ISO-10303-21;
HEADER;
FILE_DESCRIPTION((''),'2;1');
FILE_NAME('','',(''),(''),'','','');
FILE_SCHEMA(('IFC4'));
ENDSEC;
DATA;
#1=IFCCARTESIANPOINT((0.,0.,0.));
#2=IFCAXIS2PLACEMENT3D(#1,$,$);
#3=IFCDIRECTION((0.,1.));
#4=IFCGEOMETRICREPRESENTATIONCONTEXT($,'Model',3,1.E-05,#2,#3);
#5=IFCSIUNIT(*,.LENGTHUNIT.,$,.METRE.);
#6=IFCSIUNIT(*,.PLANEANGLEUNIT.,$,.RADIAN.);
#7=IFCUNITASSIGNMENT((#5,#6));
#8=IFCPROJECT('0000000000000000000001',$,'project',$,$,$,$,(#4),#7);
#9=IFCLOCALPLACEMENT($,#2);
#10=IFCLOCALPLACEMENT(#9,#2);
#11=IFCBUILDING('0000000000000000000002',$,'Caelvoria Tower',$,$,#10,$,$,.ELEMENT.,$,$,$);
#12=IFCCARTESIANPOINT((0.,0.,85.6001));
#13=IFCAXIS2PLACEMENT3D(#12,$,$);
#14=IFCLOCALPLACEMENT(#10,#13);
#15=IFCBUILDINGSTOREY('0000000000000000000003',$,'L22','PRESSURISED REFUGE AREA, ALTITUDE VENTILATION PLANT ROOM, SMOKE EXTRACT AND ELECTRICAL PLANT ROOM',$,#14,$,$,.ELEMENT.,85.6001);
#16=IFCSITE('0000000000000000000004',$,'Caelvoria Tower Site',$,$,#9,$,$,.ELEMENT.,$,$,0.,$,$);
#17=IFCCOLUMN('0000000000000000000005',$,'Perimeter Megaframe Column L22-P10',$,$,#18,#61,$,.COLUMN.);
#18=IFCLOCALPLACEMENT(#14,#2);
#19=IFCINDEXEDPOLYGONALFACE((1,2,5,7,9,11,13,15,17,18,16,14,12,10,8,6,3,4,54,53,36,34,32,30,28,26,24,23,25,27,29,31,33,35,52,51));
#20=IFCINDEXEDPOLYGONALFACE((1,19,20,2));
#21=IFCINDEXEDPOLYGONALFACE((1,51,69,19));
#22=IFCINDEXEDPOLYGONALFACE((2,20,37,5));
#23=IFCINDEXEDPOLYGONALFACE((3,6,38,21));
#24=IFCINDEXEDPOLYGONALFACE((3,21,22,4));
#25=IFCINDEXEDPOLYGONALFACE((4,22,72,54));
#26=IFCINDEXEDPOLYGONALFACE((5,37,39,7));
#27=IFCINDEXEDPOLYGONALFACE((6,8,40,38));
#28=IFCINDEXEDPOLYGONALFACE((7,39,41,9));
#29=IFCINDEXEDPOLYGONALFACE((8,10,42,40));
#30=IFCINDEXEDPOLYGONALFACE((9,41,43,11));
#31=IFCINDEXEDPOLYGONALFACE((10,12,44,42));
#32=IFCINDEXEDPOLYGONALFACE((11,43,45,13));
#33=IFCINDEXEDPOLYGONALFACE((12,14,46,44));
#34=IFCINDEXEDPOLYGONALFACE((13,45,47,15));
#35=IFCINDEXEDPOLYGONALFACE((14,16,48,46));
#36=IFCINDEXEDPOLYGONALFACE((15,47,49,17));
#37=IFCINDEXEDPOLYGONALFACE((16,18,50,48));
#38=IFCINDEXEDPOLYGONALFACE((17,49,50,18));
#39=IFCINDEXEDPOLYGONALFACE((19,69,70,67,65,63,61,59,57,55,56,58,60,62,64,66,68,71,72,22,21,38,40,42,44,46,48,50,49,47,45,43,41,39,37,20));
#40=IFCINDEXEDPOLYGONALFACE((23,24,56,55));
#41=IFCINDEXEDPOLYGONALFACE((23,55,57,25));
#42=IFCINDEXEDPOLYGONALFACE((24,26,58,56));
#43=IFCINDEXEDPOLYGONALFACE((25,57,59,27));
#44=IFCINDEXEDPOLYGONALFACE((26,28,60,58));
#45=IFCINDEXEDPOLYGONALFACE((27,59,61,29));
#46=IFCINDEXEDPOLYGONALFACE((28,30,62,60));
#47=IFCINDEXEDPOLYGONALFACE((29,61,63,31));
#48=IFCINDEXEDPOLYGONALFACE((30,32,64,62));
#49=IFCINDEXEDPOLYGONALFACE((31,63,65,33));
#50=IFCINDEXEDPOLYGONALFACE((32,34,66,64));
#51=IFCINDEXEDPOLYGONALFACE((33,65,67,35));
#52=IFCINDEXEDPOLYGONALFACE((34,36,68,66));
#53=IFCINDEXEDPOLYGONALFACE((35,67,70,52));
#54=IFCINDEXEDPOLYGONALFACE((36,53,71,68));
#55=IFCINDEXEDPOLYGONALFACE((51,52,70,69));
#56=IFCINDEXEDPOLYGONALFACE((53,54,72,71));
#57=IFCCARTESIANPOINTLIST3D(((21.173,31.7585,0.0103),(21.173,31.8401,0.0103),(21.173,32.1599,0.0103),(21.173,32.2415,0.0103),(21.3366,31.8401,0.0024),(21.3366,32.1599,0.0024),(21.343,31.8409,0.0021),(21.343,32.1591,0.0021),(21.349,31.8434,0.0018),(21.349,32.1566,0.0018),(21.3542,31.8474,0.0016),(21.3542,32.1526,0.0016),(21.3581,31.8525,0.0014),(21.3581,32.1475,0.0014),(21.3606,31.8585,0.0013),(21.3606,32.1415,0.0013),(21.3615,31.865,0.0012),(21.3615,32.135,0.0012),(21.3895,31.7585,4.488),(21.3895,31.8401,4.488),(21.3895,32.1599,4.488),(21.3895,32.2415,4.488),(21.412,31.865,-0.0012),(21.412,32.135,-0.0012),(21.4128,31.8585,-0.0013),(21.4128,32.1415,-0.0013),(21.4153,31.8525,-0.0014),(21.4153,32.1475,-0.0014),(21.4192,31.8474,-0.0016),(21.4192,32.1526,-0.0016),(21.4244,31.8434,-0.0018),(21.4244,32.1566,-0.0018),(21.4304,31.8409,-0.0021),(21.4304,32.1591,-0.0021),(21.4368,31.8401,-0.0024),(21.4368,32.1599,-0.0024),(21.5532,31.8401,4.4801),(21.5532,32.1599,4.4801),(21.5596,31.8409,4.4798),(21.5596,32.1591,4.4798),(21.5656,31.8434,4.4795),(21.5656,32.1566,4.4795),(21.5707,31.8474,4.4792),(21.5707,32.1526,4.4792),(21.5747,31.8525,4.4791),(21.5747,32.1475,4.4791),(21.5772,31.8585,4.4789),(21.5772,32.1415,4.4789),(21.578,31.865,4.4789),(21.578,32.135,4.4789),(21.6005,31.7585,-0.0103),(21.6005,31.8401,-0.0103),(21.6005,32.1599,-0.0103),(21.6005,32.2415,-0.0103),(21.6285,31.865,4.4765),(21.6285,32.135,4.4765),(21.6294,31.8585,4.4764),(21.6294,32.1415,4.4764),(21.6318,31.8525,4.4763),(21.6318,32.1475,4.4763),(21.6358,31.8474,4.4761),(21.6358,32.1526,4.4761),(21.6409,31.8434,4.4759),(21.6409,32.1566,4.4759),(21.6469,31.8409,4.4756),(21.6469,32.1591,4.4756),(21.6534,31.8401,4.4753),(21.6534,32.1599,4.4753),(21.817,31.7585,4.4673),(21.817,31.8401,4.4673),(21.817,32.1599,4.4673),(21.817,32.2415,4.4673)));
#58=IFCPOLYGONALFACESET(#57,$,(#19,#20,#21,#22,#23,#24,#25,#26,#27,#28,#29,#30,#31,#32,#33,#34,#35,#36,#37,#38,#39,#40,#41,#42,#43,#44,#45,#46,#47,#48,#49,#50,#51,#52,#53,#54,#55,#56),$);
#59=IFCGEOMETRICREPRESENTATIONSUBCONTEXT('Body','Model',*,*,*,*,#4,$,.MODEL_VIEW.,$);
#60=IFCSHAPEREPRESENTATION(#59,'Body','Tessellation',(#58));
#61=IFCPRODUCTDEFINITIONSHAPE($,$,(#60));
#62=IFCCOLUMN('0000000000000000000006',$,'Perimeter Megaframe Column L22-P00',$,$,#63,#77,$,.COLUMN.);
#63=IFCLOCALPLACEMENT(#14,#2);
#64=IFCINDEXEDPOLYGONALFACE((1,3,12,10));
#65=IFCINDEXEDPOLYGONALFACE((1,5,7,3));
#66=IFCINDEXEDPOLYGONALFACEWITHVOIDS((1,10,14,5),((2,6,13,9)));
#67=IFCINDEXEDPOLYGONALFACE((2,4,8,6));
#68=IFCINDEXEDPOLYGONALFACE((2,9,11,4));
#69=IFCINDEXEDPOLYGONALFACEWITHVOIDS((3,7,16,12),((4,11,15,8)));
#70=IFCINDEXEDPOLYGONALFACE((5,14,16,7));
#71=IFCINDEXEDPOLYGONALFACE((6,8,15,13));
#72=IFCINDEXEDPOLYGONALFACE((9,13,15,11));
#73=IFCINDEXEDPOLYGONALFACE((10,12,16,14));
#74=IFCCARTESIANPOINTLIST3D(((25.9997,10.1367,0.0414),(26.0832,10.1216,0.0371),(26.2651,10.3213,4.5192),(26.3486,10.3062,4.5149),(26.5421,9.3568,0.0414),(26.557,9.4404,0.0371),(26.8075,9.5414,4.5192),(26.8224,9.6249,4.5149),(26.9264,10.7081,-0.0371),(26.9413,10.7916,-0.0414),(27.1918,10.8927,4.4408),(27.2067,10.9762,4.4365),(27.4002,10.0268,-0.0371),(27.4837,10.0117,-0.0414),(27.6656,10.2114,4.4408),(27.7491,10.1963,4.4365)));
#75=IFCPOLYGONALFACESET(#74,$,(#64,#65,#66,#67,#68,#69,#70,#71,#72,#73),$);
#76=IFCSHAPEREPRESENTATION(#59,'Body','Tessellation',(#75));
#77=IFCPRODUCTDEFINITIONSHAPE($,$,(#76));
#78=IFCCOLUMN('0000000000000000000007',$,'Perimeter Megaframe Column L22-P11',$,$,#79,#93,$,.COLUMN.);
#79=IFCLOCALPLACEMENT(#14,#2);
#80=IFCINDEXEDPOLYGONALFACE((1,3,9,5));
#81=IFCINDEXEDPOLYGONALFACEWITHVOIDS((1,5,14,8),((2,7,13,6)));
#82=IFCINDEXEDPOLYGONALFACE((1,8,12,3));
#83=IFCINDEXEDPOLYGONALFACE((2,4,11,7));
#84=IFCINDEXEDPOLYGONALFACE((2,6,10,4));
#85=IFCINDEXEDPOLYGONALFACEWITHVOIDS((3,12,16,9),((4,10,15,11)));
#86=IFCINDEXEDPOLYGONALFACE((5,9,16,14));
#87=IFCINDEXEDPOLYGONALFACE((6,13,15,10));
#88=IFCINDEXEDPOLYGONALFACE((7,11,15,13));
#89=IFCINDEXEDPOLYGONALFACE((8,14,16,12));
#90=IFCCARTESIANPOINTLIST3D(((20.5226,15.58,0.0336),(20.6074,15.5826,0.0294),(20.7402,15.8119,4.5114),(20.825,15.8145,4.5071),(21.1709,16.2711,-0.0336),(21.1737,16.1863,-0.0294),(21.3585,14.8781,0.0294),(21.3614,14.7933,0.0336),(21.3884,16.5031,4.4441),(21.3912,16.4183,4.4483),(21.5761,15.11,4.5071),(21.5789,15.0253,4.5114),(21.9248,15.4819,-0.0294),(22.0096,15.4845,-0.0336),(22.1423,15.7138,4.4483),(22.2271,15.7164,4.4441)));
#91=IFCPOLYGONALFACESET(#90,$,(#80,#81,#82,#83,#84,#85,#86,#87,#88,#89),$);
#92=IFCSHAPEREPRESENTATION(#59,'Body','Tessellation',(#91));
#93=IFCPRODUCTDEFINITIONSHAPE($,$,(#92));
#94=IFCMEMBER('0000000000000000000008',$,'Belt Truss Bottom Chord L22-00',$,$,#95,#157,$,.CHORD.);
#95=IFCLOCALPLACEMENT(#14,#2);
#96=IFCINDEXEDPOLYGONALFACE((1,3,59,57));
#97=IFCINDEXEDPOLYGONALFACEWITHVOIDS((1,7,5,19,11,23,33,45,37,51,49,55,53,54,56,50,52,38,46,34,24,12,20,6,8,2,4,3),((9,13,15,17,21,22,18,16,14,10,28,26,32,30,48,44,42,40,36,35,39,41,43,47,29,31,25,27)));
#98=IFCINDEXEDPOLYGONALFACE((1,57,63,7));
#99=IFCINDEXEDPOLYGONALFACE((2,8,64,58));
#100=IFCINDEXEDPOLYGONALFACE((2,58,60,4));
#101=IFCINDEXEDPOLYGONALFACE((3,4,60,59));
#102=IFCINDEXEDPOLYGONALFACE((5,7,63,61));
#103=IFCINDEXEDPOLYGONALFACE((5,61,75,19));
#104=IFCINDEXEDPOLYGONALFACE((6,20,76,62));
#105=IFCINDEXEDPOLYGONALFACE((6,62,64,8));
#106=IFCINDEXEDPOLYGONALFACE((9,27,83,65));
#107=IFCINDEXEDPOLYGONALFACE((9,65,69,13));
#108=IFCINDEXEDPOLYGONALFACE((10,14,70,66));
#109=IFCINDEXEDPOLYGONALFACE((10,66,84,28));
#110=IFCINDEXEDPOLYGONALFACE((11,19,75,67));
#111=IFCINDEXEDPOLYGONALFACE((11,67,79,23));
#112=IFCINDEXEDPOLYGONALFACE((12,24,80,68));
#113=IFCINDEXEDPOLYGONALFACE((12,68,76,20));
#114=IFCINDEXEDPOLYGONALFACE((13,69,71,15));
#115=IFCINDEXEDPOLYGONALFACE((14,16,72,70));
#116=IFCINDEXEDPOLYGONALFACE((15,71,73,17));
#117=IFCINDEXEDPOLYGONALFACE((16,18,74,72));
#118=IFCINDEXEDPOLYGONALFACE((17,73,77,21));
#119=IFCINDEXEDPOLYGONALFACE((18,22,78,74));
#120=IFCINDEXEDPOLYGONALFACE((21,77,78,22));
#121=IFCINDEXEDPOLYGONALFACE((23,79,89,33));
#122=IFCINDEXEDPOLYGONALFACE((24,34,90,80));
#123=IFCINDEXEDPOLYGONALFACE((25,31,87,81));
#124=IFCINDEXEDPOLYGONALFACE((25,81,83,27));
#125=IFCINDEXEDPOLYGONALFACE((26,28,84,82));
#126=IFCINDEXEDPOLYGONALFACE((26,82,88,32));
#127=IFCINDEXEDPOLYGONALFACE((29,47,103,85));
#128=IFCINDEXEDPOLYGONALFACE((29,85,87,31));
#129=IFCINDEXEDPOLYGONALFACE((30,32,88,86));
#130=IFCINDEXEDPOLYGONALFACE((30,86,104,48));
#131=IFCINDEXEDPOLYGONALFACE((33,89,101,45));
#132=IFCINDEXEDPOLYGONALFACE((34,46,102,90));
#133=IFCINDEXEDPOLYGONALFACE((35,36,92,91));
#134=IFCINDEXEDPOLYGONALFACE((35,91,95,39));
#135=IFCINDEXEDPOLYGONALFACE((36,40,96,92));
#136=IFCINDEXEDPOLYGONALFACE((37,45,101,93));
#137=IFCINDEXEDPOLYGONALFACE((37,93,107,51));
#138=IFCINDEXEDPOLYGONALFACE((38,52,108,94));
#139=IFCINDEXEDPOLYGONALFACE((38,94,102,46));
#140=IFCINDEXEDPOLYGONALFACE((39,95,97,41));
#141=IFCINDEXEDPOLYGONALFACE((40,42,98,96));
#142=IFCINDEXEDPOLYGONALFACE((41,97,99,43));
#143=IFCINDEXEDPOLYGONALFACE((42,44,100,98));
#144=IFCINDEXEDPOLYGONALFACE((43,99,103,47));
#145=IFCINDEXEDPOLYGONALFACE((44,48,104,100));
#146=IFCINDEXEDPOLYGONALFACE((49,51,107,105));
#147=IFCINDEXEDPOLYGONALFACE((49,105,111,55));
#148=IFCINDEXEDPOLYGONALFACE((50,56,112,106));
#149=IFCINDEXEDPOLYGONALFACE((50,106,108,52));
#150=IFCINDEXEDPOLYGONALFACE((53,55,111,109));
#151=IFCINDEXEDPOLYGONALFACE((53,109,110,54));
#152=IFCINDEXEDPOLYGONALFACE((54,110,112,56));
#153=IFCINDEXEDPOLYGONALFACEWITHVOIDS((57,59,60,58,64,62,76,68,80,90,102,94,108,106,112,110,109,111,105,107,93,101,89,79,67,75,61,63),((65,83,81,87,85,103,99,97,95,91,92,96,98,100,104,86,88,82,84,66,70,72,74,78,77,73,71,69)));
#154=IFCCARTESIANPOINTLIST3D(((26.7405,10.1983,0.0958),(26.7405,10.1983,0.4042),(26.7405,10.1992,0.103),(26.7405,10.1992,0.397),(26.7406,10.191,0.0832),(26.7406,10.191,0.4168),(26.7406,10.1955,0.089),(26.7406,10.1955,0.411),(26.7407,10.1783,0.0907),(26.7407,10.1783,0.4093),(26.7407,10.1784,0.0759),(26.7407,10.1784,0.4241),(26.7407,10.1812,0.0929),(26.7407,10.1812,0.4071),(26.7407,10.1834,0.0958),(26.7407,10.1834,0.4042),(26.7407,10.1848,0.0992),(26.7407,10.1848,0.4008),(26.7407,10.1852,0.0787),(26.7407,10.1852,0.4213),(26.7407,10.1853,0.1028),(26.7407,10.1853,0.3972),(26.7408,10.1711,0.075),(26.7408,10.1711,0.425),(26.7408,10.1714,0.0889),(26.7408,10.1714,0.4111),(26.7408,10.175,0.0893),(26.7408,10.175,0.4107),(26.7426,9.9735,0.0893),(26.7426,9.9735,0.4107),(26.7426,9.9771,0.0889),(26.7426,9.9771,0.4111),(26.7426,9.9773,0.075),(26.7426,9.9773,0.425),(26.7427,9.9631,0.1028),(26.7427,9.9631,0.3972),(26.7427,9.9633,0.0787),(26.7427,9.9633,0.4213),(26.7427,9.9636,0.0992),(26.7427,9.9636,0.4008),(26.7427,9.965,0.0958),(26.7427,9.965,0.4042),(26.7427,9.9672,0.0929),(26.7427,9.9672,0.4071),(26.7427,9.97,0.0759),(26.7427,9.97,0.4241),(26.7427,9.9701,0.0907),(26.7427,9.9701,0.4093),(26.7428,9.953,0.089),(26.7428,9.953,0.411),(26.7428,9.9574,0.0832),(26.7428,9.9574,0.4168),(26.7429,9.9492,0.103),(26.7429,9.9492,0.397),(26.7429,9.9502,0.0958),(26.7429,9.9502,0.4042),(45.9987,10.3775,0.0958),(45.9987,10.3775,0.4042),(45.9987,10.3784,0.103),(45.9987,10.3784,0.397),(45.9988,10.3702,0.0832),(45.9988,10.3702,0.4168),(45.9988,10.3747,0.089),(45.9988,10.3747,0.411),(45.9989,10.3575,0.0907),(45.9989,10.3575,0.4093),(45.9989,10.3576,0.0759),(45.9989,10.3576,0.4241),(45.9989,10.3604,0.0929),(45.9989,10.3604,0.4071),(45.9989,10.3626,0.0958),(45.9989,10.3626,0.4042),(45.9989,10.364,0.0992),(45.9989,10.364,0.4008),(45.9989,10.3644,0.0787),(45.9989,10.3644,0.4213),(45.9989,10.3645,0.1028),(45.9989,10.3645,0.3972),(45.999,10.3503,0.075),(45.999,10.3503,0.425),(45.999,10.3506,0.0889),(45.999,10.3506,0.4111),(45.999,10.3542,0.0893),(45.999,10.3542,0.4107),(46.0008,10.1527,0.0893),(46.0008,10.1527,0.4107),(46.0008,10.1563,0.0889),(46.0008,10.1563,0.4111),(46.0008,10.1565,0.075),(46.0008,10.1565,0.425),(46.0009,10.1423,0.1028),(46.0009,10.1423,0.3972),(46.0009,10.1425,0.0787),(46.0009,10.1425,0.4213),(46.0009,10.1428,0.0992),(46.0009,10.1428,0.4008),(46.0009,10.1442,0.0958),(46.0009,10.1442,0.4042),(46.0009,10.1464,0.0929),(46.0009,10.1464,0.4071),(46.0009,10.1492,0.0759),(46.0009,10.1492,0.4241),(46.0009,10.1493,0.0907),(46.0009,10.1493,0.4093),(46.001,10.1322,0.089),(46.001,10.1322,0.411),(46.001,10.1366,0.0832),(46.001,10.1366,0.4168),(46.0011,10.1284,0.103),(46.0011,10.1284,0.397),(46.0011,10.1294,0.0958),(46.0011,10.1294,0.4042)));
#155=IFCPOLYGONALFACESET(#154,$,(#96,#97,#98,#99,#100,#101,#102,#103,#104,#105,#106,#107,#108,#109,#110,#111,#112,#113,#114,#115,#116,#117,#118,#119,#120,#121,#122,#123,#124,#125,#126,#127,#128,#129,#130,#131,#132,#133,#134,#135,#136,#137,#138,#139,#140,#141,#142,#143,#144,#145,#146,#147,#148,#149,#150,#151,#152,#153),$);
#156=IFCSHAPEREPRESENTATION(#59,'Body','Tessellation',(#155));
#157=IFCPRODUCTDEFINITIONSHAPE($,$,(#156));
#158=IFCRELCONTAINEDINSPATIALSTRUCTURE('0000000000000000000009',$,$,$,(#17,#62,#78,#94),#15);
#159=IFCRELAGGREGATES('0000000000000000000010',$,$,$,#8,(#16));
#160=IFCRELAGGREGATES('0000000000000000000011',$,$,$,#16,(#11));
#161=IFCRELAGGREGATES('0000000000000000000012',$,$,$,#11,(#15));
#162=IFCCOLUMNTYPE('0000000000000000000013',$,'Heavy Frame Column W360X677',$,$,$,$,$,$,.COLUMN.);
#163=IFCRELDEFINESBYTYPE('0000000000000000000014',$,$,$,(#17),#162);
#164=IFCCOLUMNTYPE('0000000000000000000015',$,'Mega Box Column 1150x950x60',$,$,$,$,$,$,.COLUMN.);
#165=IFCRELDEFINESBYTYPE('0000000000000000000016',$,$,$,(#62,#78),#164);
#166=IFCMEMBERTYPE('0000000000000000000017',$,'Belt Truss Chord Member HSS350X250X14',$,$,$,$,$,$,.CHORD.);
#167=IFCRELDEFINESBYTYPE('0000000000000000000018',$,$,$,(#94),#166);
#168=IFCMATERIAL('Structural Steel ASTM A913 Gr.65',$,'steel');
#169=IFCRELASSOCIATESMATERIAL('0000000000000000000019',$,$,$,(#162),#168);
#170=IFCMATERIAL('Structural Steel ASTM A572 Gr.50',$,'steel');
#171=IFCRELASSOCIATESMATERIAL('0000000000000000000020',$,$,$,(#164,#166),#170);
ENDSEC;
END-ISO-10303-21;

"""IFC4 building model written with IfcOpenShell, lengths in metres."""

from ifc_helpers import new_model, si_unit, direction, frame, origin, origin_2d, place, context, subcontext, project, spatial, hollow_rectangle, i_section, extrude, material, material_profile, profile_set, type_object, element, save


model = new_model("IFC4")

# Units and contexts
model_context = context("Model", 3, precision=1e-05, world=origin(), true_north=direction((0.0, 1.0)))
body_context = subcontext(model_context, "Body", "Model", "MODEL_VIEW")
ifc_project = project(units=[si_unit("LENGTHUNIT", "METRE"), si_unit("PLANEANGLEUNIT", "RADIAN")], contexts=[model_context])

# Site, building, storey
site_placement = place(None, origin())
site = spatial("IfcSite", under=ifc_project, at=site_placement, Name="Caelvoria Tower Site", CompositionType="ELEMENT", RefElevation=0.0)
building_placement = place(site_placement, origin())
building = spatial("IfcBuilding", under=site, at=building_placement, Name="Caelvoria Tower", CompositionType="ELEMENT")
storey_placement = place(building_placement, frame((0.0, 0.0, 85.6001)))
storey = spatial("IfcBuildingStorey", under=building, at=storey_placement, Name="L22", Description="PRESSURISED REFUGE AREA, ALTITUDE VENTILATION PLANT ROOM, SMOKE EXTRACT AND ELECTRICAL PLANT ROOM", CompositionType="ELEMENT", Elevation=85.6001)

# Columns
ifc_material_1 = material(Name="Structural Steel ASTM A913 Gr.65", Category="steel")
ifc_material_profile_1 = material_profile(ifc_material_1, i_section(OverallWidth=0.428, OverallDepth=0.4829, WebThickness=0.0505, FlangeThickness=0.0815, FilletRadius=0.0249, at=origin_2d()), Name="Structural Steel ASTM A913 Gr.65")
ifc_profile_set_1 = profile_set([ifc_material_profile_1], Name="W360X677 - Structural Steel ASTM A913 Gr.65")
column_type_1 = type_object("IfcColumnType", Name="Heavy Frame Column W360X677", PredefinedType="COLUMN", material=ifc_profile_set_1)
column_1_placement = place(storey_placement, frame((21.3867, 32.0, 0.0), z_axis=(0.048305, 0.0, 0.998833), x_axis=(-0.998833, 0.0, 0.048305)))
element("IfcColumn", 1, at=column_1_placement, inside=storey, type_object=column_type_1, Name="Perimeter Megaframe Column L22-P10", PredefinedType="COLUMN", context=body_context, shape_type="SweptSolid", body=[
    extrude(i_section(OverallWidth=0.428, OverallDepth=0.4829, WebThickness=0.0505, FlangeThickness=0.0815, FilletRadius=0.0249, at=origin_2d()), origin(), (0.0, 0.0, 1.0), 4.4829),
])
ifc_material_2 = material(Name="Structural Steel ASTM A572 Gr.50", Category="steel")
ifc_material_profile_2 = material_profile(ifc_material_2, hollow_rectangle(XDim=0.95, YDim=1.1499, WallThickness=0.0601, at=origin_2d()), Name="Structural Steel ASTM A572 Gr.50")
ifc_profile_set_2 = profile_set([ifc_material_profile_2], Name="BOX1150X950X60 - Structural Steel ASTM A572 Gr.50")
column_type_2 = type_object("IfcColumnType", Name="Mega Box Column 1150x950x60", PredefinedType="COLUMN", material=ifc_profile_set_2)
column_2_placement = place(storey_placement, frame((26.7417, 10.0742, 0.0), z_axis=(0.059112, 0.041112, 0.997404), x_axis=(-0.570976, 0.820967, 0.0)))
element("IfcColumn", 2, at=column_2_placement, inside=storey, type_object=column_type_2, Name="Perimeter Megaframe Column L22-P00", PredefinedType="COLUMN", context=body_context, shape_type="SweptSolid", body=[
    extrude(hollow_rectangle(XDim=0.95, YDim=1.1499, WallThickness=0.0601, at=origin_2d()), origin(), (0.0, 0.0, 1.0), 4.4895),
])
column_3_placement = place(storey_placement, frame((21.2661, 15.5322, 0.0), z_axis=(0.048458, 0.051666, 0.997488), x_axis=(-0.682376, -0.727561, 0.070835)))
element("IfcColumn", 3, at=column_3_placement, inside=storey, type_object=column_type_2, Name="Perimeter Megaframe Column L22-P11", PredefinedType="COLUMN", context=body_context, shape_type="SweptSolid", body=[
    extrude(hollow_rectangle(XDim=0.95, YDim=1.1499, WallThickness=0.0601, at=origin_2d()), origin(), (0.0, 0.0, 1.0), 4.489),
])

# Member
ifc_material_profile_3 = material_profile(ifc_material_2, hollow_rectangle(XDim=0.25, YDim=0.3501, WallThickness=0.0139, InnerFilletRadius=0.0139, OuterFilletRadius=0.0281, at=origin_2d()), Name="Structural Steel ASTM A572 Gr.50")
ifc_profile_set_3 = profile_set([ifc_material_profile_3], Name="HSS350X250X14 - Structural Steel ASTM A572 Gr.50")
member_type_1 = type_object("IfcMemberType", Name="Belt Truss Chord Member HSS350X250X14", PredefinedType="CHORD", material=ifc_profile_set_3)
member_1_placement = place(storey_placement, frame((26.7417, 10.0742, 0.25), z_axis=(0.999957, 0.009305, 0.0), x_axis=(-0.009305, 0.999957, 0.0)))
element("IfcMember", 4, at=member_1_placement, inside=storey, type_object=member_type_1, Name="Belt Truss Bottom Chord L22-00", PredefinedType="CHORD", context=body_context, shape_type="SweptSolid", body=[
    extrude(hollow_rectangle(XDim=0.25, YDim=0.3501, WallThickness=0.0139, InnerFilletRadius=0.0139, OuterFilletRadius=0.0281, at=origin_2d()), origin(), (0.0, 0.0, 1.0), 19.259),
])

save(model, "model.ifc")
